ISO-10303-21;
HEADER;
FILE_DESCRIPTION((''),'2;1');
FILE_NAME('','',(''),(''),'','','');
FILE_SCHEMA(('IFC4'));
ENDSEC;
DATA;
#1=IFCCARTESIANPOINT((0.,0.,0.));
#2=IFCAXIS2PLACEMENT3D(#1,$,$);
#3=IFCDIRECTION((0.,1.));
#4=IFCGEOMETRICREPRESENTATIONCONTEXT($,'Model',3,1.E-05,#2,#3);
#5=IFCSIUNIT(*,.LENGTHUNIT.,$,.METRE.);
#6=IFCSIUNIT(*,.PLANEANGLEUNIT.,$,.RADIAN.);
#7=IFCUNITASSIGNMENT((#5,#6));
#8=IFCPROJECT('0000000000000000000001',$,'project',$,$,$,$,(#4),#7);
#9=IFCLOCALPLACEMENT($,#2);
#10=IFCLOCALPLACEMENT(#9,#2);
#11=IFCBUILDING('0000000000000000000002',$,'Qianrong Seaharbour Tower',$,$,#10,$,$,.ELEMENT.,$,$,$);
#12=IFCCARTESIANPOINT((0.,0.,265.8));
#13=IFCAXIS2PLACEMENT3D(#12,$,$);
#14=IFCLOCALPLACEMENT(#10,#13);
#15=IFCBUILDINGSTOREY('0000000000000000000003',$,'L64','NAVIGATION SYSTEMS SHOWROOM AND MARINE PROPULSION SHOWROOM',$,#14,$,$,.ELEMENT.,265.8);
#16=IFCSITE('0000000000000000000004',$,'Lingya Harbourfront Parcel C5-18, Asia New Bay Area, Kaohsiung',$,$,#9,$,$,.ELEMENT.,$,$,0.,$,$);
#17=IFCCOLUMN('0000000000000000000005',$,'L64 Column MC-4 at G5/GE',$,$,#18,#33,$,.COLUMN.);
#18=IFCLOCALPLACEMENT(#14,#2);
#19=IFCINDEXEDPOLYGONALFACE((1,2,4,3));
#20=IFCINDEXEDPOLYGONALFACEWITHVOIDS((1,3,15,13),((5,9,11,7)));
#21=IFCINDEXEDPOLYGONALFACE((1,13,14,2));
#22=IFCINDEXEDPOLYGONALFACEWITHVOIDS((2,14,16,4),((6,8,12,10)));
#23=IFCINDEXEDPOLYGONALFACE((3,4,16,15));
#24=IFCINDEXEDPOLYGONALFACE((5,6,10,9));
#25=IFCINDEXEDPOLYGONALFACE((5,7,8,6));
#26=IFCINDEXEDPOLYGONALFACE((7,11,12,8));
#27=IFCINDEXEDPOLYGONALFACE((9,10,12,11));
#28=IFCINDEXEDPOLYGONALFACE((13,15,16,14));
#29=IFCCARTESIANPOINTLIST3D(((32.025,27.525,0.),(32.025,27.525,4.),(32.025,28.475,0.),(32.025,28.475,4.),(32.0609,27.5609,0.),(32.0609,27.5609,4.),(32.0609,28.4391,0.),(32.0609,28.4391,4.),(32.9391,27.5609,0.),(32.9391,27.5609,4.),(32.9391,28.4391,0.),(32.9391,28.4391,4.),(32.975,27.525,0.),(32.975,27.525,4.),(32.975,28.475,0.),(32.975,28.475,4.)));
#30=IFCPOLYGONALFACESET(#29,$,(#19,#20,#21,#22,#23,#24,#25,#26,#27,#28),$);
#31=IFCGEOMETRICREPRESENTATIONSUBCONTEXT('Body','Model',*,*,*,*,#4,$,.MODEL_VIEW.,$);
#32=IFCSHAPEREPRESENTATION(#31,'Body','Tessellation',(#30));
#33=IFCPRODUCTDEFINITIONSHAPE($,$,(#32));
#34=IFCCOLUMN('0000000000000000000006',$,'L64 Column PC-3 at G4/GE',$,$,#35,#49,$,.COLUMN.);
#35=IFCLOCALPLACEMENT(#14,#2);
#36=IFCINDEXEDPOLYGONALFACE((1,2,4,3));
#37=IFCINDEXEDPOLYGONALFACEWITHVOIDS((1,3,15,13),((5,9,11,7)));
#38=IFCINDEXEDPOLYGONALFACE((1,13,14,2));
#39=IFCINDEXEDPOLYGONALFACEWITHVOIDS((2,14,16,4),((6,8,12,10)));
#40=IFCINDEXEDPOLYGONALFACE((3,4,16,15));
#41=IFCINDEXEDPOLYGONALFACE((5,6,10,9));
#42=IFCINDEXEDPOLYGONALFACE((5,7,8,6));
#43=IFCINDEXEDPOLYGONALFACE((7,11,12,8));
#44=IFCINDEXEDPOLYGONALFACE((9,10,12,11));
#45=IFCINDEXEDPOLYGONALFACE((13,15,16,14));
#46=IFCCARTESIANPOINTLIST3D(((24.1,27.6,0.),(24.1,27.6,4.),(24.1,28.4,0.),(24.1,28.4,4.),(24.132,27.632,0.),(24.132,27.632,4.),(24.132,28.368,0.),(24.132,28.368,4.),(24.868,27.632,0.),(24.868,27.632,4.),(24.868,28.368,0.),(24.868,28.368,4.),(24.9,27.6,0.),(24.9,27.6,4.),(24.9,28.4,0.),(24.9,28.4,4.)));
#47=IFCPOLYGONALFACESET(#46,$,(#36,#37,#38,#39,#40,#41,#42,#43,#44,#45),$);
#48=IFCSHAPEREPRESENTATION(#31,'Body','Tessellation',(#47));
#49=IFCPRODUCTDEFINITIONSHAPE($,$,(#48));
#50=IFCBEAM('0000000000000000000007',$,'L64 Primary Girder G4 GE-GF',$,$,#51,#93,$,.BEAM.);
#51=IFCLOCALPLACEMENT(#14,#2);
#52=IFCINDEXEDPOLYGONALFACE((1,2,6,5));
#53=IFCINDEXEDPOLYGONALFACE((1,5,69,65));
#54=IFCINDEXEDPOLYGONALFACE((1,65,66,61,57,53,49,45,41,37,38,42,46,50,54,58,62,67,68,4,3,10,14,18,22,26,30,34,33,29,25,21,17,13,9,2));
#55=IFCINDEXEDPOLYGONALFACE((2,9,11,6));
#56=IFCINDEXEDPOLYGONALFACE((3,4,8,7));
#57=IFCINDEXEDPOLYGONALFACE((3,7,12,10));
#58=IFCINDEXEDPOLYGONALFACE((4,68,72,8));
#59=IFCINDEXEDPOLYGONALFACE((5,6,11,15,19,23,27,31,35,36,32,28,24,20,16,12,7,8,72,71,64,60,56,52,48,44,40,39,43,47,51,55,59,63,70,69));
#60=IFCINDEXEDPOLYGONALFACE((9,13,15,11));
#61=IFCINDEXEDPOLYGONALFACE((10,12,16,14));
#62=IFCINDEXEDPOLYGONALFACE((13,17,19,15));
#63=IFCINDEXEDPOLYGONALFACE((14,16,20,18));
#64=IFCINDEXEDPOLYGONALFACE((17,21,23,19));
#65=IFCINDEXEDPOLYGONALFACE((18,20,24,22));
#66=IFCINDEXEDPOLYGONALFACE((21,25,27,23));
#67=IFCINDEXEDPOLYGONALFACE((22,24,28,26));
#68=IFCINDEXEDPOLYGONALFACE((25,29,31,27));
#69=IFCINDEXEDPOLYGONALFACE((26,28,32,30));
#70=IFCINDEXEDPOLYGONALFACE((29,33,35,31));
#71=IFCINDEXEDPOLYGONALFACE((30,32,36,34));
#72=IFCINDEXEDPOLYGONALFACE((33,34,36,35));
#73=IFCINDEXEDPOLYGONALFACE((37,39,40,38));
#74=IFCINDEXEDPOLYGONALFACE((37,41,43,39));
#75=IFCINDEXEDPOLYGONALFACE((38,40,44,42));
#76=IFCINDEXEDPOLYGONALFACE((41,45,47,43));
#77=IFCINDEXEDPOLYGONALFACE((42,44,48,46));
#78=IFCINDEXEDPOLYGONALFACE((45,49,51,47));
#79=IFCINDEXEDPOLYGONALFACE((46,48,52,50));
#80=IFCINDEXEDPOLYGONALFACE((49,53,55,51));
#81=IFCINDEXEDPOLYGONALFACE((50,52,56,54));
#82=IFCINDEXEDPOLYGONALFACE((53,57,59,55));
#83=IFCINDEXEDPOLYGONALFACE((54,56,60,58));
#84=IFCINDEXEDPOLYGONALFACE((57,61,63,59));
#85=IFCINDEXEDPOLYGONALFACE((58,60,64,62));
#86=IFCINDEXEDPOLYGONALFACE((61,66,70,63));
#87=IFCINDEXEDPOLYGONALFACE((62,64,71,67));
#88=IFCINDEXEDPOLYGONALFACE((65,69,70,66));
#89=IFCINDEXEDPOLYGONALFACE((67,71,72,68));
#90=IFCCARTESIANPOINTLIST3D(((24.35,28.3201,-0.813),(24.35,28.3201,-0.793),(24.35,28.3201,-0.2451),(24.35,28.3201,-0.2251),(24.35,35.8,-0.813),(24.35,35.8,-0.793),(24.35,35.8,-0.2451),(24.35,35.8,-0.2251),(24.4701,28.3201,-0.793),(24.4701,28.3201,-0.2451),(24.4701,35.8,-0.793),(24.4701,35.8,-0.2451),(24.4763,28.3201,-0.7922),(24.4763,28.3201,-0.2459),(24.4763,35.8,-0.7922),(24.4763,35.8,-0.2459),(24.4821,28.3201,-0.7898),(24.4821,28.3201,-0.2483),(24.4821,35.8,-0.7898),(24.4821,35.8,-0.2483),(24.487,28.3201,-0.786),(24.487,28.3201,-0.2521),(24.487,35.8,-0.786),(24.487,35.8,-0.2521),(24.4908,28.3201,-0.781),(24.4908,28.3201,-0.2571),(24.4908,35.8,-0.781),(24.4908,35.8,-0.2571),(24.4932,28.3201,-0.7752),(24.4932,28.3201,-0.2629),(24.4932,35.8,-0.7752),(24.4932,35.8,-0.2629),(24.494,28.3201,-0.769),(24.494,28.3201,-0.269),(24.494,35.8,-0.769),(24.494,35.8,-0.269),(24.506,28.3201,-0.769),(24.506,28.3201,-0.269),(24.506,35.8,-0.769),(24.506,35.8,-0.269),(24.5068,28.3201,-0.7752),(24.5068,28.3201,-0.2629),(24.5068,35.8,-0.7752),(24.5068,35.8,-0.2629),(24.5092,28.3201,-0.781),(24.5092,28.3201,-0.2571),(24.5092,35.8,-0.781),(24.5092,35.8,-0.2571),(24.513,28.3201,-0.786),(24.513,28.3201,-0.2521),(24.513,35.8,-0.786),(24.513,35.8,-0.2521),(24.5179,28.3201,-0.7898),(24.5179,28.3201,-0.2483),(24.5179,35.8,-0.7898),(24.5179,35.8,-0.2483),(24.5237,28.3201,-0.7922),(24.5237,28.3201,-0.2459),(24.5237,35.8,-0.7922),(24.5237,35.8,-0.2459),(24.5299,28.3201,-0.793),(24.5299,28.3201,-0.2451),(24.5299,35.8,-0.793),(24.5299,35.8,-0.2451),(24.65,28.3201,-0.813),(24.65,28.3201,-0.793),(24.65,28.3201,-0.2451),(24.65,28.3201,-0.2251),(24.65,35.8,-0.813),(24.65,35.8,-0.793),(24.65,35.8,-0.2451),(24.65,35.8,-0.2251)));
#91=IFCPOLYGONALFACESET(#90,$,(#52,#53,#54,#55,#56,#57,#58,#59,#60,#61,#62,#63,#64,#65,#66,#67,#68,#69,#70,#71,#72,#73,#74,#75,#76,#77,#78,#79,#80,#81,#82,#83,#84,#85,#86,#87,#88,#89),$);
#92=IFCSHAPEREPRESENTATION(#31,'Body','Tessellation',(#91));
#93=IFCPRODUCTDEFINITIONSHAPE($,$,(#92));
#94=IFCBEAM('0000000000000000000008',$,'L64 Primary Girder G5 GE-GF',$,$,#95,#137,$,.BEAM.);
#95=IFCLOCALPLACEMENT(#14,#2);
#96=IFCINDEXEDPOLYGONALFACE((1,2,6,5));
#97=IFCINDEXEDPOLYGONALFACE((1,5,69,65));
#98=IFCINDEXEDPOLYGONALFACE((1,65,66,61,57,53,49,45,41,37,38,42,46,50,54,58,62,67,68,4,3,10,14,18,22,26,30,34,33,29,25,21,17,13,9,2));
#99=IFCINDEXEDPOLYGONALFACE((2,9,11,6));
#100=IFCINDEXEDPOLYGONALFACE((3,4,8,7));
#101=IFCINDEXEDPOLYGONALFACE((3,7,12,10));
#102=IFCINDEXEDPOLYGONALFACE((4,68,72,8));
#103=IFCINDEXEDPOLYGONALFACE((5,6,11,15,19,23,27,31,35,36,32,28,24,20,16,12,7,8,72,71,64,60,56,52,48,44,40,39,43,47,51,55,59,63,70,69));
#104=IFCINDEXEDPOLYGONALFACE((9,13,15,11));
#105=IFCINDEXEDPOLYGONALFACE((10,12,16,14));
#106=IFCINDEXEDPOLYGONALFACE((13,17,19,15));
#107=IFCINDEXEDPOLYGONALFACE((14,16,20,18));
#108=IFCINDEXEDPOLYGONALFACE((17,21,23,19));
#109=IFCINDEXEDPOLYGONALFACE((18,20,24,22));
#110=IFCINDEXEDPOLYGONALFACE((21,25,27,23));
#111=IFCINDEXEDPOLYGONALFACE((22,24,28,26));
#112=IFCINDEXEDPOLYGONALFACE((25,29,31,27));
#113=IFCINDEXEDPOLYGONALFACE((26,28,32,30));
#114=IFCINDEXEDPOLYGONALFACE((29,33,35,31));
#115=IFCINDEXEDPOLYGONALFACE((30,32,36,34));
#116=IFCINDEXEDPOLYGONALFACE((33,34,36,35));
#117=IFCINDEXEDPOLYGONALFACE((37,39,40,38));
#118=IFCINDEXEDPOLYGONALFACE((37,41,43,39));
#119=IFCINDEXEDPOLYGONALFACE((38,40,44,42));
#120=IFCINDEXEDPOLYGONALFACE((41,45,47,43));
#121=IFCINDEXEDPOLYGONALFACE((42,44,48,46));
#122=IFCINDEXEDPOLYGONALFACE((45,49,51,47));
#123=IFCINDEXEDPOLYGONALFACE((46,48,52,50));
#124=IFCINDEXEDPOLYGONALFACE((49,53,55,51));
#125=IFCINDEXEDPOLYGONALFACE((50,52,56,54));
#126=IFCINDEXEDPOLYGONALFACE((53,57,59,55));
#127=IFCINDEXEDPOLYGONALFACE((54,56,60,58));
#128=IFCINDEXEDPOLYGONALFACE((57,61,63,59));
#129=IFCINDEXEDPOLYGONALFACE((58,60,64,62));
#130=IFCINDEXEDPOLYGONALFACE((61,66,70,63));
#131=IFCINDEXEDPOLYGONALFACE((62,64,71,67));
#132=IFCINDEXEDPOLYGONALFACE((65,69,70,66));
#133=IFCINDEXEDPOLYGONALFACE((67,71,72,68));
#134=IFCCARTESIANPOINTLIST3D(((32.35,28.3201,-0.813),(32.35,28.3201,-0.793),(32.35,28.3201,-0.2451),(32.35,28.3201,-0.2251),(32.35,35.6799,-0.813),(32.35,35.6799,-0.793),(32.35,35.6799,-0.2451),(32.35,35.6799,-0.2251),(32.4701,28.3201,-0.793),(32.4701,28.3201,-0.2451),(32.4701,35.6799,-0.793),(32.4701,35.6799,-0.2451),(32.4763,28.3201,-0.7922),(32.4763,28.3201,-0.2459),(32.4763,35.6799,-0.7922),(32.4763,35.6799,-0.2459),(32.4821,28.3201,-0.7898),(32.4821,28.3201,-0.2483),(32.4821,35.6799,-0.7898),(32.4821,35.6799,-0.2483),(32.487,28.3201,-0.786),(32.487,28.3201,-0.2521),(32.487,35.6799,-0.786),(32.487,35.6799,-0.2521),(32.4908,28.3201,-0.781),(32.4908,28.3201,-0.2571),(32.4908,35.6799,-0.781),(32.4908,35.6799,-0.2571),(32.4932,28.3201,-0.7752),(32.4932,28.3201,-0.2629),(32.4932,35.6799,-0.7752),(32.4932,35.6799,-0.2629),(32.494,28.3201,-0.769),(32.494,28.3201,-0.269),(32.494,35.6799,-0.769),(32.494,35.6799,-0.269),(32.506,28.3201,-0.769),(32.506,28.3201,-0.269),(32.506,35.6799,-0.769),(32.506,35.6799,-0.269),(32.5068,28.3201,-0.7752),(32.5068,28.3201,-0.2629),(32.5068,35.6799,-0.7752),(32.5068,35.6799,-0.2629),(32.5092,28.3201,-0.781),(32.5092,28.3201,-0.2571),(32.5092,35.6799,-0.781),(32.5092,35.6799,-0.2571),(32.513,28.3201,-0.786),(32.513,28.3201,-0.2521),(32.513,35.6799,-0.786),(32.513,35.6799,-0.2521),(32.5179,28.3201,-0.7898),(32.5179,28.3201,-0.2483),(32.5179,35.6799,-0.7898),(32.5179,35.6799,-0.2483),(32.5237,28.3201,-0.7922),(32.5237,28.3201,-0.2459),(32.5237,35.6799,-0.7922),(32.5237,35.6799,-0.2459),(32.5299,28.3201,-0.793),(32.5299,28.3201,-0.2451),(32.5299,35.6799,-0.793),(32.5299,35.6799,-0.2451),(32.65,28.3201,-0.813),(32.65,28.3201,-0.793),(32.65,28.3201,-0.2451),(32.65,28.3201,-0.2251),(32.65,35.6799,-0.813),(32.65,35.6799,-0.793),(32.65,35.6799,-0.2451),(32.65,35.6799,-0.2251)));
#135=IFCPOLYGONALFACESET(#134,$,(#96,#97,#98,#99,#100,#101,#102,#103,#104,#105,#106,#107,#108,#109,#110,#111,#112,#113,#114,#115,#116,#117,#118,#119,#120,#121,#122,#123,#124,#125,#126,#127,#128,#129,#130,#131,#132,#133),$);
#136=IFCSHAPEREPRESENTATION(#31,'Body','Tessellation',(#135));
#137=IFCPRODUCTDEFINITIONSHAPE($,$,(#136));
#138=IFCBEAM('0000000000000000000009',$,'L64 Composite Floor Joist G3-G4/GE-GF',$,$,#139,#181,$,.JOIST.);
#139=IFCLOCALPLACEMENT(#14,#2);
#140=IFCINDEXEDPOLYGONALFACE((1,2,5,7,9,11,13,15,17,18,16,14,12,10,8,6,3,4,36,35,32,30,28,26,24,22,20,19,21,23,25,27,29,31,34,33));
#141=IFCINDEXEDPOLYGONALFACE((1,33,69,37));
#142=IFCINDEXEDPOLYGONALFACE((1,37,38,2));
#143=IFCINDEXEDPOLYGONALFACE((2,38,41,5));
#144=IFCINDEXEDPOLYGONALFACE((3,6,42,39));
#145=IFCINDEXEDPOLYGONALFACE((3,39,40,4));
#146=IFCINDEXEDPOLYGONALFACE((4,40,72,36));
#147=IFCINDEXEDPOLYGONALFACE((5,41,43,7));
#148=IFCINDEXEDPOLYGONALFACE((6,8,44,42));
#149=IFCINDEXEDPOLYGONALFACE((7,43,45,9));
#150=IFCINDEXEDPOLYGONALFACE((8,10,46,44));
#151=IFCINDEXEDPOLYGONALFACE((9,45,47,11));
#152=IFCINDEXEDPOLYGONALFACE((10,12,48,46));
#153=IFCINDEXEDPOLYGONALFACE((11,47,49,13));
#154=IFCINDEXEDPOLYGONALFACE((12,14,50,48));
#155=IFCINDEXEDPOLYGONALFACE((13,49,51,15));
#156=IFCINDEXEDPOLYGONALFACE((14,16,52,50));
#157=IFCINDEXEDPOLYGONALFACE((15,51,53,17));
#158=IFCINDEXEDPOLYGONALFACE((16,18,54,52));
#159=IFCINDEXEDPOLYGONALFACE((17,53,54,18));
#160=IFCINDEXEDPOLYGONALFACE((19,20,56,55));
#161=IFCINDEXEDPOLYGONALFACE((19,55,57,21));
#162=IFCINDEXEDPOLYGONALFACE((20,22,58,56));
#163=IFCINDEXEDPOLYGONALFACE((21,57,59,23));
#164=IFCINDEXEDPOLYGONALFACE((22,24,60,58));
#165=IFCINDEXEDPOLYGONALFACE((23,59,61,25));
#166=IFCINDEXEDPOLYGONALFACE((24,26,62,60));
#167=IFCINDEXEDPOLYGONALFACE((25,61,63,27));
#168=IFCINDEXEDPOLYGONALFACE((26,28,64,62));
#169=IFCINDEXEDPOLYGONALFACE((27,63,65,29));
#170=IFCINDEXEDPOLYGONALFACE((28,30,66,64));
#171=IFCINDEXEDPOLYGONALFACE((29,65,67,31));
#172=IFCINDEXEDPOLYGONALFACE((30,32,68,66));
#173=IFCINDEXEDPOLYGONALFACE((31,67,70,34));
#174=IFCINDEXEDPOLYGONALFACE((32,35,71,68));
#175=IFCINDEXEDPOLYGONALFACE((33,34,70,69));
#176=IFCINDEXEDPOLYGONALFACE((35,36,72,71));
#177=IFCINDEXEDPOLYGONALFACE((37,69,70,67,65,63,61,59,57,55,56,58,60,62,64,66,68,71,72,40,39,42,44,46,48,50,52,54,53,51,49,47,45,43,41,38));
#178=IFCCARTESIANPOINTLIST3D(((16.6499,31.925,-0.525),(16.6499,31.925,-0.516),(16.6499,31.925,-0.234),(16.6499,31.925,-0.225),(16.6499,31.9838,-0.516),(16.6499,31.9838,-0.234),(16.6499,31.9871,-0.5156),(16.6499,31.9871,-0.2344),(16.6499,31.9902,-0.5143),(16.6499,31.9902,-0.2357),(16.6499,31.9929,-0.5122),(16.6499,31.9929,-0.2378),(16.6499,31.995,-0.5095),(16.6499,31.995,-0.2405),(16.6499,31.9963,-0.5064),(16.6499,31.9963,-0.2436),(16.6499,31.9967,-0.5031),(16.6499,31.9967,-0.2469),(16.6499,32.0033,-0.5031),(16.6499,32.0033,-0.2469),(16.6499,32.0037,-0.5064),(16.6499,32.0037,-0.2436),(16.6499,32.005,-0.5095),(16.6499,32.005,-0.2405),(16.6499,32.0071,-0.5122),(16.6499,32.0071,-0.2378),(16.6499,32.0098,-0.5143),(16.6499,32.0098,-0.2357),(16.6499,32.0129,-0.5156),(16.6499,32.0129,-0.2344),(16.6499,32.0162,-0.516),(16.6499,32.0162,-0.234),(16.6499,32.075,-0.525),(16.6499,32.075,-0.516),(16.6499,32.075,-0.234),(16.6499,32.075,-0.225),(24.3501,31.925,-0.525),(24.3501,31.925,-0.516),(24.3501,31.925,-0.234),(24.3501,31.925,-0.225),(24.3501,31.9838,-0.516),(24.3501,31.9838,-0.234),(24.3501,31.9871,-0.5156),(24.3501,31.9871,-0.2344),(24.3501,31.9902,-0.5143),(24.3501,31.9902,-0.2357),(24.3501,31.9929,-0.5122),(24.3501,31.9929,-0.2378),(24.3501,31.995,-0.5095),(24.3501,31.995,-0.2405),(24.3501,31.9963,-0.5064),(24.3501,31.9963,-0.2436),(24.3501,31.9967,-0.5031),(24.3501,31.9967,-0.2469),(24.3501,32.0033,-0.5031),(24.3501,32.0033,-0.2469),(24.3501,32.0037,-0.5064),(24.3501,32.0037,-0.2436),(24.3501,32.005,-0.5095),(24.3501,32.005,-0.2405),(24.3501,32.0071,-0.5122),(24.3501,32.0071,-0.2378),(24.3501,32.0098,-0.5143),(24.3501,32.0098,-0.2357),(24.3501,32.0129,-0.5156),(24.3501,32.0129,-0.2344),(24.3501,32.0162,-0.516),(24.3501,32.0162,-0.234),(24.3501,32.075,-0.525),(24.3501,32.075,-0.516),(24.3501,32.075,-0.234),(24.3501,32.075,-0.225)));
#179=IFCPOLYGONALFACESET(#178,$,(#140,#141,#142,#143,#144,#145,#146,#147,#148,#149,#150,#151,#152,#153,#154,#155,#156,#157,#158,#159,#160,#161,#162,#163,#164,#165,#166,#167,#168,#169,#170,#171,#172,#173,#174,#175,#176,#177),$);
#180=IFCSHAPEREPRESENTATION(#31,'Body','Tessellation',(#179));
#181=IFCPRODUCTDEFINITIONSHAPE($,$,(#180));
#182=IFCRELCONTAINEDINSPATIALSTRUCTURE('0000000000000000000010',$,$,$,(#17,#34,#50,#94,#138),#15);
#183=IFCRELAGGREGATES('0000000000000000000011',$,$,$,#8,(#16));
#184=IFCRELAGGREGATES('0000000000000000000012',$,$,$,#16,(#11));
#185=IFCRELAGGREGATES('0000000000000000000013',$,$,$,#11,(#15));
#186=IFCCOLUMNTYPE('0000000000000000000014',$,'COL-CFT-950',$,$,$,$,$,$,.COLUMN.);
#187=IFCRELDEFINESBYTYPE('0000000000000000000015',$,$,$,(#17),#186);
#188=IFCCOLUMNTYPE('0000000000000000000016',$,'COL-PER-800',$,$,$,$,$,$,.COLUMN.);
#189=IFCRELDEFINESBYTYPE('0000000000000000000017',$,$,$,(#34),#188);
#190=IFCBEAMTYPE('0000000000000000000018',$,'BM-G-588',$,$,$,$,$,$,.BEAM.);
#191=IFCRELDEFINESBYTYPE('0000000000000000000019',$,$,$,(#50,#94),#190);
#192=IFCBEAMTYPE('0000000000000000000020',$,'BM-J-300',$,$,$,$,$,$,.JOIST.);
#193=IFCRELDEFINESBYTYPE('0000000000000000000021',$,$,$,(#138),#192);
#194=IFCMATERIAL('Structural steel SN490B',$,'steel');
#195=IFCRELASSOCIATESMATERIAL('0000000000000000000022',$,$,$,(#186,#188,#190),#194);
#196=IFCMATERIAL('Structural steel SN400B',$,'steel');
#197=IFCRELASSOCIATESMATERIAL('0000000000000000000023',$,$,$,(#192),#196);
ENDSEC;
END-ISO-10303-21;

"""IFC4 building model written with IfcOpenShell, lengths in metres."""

from ifc_helpers import new_model, si_unit, direction, frame, origin, origin_2d, place, context, subcontext, project, spatial, hollow_rectangle, i_section, extrude, material, material_profile, profile_set, type_object, element, save


model = new_model("IFC4")

# Units and contexts
model_context = context("Model", 3, precision=1e-05, world=origin(), true_north=direction((0.0, 1.0)))
body_context = subcontext(model_context, "Body", "Model", "MODEL_VIEW")
ifc_project = project(units=[si_unit("LENGTHUNIT", "METRE"), si_unit("PLANEANGLEUNIT", "RADIAN")], contexts=[model_context])

# Site, building, storey
site_placement = place(None, origin())
site = spatial("IfcSite", under=ifc_project, at=site_placement, Name="Lingya Harbourfront Parcel C5-18, Asia New Bay Area, Kaohsiung", CompositionType="ELEMENT", RefElevation=0.0)
building_placement = place(site_placement, origin())
building = spatial("IfcBuilding", under=site, at=building_placement, Name="Qianrong Seaharbour Tower", CompositionType="ELEMENT")
storey_placement = place(building_placement, frame((0.0, 0.0, 265.8)))
storey = spatial("IfcBuildingStorey", under=building, at=storey_placement, Name="L64", Description="NAVIGATION SYSTEMS SHOWROOM AND MARINE PROPULSION SHOWROOM", CompositionType="ELEMENT", Elevation=265.8)

# Columns
ifc_material_1 = material(Name="Structural steel SN490B", Category="steel")
ifc_material_profile_1 = material_profile(ifc_material_1, hollow_rectangle(XDim=0.95, YDim=0.95, WallThickness=0.0359, at=origin_2d()), Name="BOX950x950x36")
ifc_profile_set_1 = profile_set([ifc_material_profile_1], Name="Structural steel SN490B")
column_type_1 = type_object("IfcColumnType", Name="COL-CFT-950", PredefinedType="COLUMN", material=ifc_profile_set_1)
column_1_placement = place(storey_placement, frame((32.5, 28.0, 0.0), z_axis=(0.0, 0.0, 1.0), x_axis=(1.0, 0.0, 0.0)))
element("IfcColumn", 1, at=column_1_placement, inside=storey, type_object=column_type_1, Name="L64 Column MC-4 at G5/GE", PredefinedType="COLUMN", context=body_context, shape_type="SweptSolid", body=[
    extrude(hollow_rectangle(XDim=0.95, YDim=0.95, WallThickness=0.0359, at=origin_2d()), origin(), (0.0, 0.0, 1.0), 4.0),
])
ifc_material_profile_2 = material_profile(ifc_material_1, hollow_rectangle(XDim=0.8, YDim=0.8, WallThickness=0.032, at=origin_2d()), Name="BOX800x800x32")
ifc_profile_set_2 = profile_set([ifc_material_profile_2], Name="Structural steel SN490B")
column_type_2 = type_object("IfcColumnType", Name="COL-PER-800", PredefinedType="COLUMN", material=ifc_profile_set_2)
column_2_placement = place(storey_placement, frame((24.5, 28.0, 0.0), z_axis=(0.0, 0.0, 1.0), x_axis=(1.0, 0.0, 0.0)))
element("IfcColumn", 2, at=column_2_placement, inside=storey, type_object=column_type_2, Name="L64 Column PC-3 at G4/GE", PredefinedType="COLUMN", context=body_context, shape_type="SweptSolid", body=[
    extrude(hollow_rectangle(XDim=0.8, YDim=0.8, WallThickness=0.032, at=origin_2d()), origin(), (0.0, 0.0, 1.0), 4.0),
])

# Beams
ifc_material_profile_3 = material_profile(ifc_material_1, i_section(OverallWidth=0.3, OverallDepth=0.5879, WebThickness=0.012, FlangeThickness=0.02, FilletRadius=0.0239, at=origin_2d()), Name="H588x300x12x20")
ifc_profile_set_3 = profile_set([ifc_material_profile_3], Name="Structural steel SN490B")
beam_type_1 = type_object("IfcBeamType", Name="BM-G-588", PredefinedType="BEAM", material=ifc_profile_set_3)
beam_1_placement = place(storey_placement, frame((24.5, 28.3201, -0.519), z_axis=(0.0, 1.0, 0.0), x_axis=(-1.0, 0.0, 0.0)))
element("IfcBeam", 3, at=beam_1_placement, inside=storey, type_object=beam_type_1, Name="L64 Primary Girder G4 GE-GF", PredefinedType="BEAM", context=body_context, shape_type="SweptSolid", body=[
    extrude(i_section(OverallWidth=0.3, OverallDepth=0.5879, WebThickness=0.012, FlangeThickness=0.02, FilletRadius=0.0239, at=origin_2d()), origin(), (0.0, 0.0, 1.0), 7.48),
])
beam_2_placement = place(storey_placement, frame((32.5, 28.3201, -0.519), z_axis=(0.0, 1.0, 0.0), x_axis=(-1.0, 0.0, 0.0)))
element("IfcBeam", 4, at=beam_2_placement, inside=storey, type_object=beam_type_1, Name="L64 Primary Girder G5 GE-GF", PredefinedType="BEAM", context=body_context, shape_type="SweptSolid", body=[
    extrude(i_section(OverallWidth=0.3, OverallDepth=0.5879, WebThickness=0.012, FlangeThickness=0.02, FilletRadius=0.0239, at=origin_2d()), origin(), (0.0, 0.0, 1.0), 7.3599),
])
ifc_material_2 = material(Name="Structural steel SN400B", Category="steel")
ifc_material_profile_4 = material_profile(ifc_material_2, i_section(OverallWidth=0.1499, OverallDepth=0.3, WebThickness=0.0066, FlangeThickness=0.009, FilletRadius=0.0129, at=origin_2d()), Name="H300x150x6.5x9")
ifc_profile_set_4 = profile_set([ifc_material_profile_4], Name="Structural steel SN400B")
beam_type_2 = type_object("IfcBeamType", Name="BM-J-300", PredefinedType="JOIST", material=ifc_profile_set_4)
for number, where, z_axis, x_axis, name in (
    (5, (16.6499, 32.0, -0.375), (1.0, 0.0, 0.0), (0.0, 1.0, 0.0), "L64 Composite Floor Joist G3-G4/GE-GF"),
):
    element("IfcBeam", number, at=place(storey_placement, frame(where, z_axis=z_axis, x_axis=x_axis)), inside=storey, type_object=beam_type_2, Name=name, PredefinedType="JOIST", context=body_context, shape_type="SweptSolid", body=[
        extrude(i_section(OverallWidth=0.1499, OverallDepth=0.3, WebThickness=0.0066, FlangeThickness=0.009, FilletRadius=0.0129, at=origin_2d()), origin(), (0.0, 0.0, 1.0), 7.7002),
    ])

save(model, "model.ifc")
